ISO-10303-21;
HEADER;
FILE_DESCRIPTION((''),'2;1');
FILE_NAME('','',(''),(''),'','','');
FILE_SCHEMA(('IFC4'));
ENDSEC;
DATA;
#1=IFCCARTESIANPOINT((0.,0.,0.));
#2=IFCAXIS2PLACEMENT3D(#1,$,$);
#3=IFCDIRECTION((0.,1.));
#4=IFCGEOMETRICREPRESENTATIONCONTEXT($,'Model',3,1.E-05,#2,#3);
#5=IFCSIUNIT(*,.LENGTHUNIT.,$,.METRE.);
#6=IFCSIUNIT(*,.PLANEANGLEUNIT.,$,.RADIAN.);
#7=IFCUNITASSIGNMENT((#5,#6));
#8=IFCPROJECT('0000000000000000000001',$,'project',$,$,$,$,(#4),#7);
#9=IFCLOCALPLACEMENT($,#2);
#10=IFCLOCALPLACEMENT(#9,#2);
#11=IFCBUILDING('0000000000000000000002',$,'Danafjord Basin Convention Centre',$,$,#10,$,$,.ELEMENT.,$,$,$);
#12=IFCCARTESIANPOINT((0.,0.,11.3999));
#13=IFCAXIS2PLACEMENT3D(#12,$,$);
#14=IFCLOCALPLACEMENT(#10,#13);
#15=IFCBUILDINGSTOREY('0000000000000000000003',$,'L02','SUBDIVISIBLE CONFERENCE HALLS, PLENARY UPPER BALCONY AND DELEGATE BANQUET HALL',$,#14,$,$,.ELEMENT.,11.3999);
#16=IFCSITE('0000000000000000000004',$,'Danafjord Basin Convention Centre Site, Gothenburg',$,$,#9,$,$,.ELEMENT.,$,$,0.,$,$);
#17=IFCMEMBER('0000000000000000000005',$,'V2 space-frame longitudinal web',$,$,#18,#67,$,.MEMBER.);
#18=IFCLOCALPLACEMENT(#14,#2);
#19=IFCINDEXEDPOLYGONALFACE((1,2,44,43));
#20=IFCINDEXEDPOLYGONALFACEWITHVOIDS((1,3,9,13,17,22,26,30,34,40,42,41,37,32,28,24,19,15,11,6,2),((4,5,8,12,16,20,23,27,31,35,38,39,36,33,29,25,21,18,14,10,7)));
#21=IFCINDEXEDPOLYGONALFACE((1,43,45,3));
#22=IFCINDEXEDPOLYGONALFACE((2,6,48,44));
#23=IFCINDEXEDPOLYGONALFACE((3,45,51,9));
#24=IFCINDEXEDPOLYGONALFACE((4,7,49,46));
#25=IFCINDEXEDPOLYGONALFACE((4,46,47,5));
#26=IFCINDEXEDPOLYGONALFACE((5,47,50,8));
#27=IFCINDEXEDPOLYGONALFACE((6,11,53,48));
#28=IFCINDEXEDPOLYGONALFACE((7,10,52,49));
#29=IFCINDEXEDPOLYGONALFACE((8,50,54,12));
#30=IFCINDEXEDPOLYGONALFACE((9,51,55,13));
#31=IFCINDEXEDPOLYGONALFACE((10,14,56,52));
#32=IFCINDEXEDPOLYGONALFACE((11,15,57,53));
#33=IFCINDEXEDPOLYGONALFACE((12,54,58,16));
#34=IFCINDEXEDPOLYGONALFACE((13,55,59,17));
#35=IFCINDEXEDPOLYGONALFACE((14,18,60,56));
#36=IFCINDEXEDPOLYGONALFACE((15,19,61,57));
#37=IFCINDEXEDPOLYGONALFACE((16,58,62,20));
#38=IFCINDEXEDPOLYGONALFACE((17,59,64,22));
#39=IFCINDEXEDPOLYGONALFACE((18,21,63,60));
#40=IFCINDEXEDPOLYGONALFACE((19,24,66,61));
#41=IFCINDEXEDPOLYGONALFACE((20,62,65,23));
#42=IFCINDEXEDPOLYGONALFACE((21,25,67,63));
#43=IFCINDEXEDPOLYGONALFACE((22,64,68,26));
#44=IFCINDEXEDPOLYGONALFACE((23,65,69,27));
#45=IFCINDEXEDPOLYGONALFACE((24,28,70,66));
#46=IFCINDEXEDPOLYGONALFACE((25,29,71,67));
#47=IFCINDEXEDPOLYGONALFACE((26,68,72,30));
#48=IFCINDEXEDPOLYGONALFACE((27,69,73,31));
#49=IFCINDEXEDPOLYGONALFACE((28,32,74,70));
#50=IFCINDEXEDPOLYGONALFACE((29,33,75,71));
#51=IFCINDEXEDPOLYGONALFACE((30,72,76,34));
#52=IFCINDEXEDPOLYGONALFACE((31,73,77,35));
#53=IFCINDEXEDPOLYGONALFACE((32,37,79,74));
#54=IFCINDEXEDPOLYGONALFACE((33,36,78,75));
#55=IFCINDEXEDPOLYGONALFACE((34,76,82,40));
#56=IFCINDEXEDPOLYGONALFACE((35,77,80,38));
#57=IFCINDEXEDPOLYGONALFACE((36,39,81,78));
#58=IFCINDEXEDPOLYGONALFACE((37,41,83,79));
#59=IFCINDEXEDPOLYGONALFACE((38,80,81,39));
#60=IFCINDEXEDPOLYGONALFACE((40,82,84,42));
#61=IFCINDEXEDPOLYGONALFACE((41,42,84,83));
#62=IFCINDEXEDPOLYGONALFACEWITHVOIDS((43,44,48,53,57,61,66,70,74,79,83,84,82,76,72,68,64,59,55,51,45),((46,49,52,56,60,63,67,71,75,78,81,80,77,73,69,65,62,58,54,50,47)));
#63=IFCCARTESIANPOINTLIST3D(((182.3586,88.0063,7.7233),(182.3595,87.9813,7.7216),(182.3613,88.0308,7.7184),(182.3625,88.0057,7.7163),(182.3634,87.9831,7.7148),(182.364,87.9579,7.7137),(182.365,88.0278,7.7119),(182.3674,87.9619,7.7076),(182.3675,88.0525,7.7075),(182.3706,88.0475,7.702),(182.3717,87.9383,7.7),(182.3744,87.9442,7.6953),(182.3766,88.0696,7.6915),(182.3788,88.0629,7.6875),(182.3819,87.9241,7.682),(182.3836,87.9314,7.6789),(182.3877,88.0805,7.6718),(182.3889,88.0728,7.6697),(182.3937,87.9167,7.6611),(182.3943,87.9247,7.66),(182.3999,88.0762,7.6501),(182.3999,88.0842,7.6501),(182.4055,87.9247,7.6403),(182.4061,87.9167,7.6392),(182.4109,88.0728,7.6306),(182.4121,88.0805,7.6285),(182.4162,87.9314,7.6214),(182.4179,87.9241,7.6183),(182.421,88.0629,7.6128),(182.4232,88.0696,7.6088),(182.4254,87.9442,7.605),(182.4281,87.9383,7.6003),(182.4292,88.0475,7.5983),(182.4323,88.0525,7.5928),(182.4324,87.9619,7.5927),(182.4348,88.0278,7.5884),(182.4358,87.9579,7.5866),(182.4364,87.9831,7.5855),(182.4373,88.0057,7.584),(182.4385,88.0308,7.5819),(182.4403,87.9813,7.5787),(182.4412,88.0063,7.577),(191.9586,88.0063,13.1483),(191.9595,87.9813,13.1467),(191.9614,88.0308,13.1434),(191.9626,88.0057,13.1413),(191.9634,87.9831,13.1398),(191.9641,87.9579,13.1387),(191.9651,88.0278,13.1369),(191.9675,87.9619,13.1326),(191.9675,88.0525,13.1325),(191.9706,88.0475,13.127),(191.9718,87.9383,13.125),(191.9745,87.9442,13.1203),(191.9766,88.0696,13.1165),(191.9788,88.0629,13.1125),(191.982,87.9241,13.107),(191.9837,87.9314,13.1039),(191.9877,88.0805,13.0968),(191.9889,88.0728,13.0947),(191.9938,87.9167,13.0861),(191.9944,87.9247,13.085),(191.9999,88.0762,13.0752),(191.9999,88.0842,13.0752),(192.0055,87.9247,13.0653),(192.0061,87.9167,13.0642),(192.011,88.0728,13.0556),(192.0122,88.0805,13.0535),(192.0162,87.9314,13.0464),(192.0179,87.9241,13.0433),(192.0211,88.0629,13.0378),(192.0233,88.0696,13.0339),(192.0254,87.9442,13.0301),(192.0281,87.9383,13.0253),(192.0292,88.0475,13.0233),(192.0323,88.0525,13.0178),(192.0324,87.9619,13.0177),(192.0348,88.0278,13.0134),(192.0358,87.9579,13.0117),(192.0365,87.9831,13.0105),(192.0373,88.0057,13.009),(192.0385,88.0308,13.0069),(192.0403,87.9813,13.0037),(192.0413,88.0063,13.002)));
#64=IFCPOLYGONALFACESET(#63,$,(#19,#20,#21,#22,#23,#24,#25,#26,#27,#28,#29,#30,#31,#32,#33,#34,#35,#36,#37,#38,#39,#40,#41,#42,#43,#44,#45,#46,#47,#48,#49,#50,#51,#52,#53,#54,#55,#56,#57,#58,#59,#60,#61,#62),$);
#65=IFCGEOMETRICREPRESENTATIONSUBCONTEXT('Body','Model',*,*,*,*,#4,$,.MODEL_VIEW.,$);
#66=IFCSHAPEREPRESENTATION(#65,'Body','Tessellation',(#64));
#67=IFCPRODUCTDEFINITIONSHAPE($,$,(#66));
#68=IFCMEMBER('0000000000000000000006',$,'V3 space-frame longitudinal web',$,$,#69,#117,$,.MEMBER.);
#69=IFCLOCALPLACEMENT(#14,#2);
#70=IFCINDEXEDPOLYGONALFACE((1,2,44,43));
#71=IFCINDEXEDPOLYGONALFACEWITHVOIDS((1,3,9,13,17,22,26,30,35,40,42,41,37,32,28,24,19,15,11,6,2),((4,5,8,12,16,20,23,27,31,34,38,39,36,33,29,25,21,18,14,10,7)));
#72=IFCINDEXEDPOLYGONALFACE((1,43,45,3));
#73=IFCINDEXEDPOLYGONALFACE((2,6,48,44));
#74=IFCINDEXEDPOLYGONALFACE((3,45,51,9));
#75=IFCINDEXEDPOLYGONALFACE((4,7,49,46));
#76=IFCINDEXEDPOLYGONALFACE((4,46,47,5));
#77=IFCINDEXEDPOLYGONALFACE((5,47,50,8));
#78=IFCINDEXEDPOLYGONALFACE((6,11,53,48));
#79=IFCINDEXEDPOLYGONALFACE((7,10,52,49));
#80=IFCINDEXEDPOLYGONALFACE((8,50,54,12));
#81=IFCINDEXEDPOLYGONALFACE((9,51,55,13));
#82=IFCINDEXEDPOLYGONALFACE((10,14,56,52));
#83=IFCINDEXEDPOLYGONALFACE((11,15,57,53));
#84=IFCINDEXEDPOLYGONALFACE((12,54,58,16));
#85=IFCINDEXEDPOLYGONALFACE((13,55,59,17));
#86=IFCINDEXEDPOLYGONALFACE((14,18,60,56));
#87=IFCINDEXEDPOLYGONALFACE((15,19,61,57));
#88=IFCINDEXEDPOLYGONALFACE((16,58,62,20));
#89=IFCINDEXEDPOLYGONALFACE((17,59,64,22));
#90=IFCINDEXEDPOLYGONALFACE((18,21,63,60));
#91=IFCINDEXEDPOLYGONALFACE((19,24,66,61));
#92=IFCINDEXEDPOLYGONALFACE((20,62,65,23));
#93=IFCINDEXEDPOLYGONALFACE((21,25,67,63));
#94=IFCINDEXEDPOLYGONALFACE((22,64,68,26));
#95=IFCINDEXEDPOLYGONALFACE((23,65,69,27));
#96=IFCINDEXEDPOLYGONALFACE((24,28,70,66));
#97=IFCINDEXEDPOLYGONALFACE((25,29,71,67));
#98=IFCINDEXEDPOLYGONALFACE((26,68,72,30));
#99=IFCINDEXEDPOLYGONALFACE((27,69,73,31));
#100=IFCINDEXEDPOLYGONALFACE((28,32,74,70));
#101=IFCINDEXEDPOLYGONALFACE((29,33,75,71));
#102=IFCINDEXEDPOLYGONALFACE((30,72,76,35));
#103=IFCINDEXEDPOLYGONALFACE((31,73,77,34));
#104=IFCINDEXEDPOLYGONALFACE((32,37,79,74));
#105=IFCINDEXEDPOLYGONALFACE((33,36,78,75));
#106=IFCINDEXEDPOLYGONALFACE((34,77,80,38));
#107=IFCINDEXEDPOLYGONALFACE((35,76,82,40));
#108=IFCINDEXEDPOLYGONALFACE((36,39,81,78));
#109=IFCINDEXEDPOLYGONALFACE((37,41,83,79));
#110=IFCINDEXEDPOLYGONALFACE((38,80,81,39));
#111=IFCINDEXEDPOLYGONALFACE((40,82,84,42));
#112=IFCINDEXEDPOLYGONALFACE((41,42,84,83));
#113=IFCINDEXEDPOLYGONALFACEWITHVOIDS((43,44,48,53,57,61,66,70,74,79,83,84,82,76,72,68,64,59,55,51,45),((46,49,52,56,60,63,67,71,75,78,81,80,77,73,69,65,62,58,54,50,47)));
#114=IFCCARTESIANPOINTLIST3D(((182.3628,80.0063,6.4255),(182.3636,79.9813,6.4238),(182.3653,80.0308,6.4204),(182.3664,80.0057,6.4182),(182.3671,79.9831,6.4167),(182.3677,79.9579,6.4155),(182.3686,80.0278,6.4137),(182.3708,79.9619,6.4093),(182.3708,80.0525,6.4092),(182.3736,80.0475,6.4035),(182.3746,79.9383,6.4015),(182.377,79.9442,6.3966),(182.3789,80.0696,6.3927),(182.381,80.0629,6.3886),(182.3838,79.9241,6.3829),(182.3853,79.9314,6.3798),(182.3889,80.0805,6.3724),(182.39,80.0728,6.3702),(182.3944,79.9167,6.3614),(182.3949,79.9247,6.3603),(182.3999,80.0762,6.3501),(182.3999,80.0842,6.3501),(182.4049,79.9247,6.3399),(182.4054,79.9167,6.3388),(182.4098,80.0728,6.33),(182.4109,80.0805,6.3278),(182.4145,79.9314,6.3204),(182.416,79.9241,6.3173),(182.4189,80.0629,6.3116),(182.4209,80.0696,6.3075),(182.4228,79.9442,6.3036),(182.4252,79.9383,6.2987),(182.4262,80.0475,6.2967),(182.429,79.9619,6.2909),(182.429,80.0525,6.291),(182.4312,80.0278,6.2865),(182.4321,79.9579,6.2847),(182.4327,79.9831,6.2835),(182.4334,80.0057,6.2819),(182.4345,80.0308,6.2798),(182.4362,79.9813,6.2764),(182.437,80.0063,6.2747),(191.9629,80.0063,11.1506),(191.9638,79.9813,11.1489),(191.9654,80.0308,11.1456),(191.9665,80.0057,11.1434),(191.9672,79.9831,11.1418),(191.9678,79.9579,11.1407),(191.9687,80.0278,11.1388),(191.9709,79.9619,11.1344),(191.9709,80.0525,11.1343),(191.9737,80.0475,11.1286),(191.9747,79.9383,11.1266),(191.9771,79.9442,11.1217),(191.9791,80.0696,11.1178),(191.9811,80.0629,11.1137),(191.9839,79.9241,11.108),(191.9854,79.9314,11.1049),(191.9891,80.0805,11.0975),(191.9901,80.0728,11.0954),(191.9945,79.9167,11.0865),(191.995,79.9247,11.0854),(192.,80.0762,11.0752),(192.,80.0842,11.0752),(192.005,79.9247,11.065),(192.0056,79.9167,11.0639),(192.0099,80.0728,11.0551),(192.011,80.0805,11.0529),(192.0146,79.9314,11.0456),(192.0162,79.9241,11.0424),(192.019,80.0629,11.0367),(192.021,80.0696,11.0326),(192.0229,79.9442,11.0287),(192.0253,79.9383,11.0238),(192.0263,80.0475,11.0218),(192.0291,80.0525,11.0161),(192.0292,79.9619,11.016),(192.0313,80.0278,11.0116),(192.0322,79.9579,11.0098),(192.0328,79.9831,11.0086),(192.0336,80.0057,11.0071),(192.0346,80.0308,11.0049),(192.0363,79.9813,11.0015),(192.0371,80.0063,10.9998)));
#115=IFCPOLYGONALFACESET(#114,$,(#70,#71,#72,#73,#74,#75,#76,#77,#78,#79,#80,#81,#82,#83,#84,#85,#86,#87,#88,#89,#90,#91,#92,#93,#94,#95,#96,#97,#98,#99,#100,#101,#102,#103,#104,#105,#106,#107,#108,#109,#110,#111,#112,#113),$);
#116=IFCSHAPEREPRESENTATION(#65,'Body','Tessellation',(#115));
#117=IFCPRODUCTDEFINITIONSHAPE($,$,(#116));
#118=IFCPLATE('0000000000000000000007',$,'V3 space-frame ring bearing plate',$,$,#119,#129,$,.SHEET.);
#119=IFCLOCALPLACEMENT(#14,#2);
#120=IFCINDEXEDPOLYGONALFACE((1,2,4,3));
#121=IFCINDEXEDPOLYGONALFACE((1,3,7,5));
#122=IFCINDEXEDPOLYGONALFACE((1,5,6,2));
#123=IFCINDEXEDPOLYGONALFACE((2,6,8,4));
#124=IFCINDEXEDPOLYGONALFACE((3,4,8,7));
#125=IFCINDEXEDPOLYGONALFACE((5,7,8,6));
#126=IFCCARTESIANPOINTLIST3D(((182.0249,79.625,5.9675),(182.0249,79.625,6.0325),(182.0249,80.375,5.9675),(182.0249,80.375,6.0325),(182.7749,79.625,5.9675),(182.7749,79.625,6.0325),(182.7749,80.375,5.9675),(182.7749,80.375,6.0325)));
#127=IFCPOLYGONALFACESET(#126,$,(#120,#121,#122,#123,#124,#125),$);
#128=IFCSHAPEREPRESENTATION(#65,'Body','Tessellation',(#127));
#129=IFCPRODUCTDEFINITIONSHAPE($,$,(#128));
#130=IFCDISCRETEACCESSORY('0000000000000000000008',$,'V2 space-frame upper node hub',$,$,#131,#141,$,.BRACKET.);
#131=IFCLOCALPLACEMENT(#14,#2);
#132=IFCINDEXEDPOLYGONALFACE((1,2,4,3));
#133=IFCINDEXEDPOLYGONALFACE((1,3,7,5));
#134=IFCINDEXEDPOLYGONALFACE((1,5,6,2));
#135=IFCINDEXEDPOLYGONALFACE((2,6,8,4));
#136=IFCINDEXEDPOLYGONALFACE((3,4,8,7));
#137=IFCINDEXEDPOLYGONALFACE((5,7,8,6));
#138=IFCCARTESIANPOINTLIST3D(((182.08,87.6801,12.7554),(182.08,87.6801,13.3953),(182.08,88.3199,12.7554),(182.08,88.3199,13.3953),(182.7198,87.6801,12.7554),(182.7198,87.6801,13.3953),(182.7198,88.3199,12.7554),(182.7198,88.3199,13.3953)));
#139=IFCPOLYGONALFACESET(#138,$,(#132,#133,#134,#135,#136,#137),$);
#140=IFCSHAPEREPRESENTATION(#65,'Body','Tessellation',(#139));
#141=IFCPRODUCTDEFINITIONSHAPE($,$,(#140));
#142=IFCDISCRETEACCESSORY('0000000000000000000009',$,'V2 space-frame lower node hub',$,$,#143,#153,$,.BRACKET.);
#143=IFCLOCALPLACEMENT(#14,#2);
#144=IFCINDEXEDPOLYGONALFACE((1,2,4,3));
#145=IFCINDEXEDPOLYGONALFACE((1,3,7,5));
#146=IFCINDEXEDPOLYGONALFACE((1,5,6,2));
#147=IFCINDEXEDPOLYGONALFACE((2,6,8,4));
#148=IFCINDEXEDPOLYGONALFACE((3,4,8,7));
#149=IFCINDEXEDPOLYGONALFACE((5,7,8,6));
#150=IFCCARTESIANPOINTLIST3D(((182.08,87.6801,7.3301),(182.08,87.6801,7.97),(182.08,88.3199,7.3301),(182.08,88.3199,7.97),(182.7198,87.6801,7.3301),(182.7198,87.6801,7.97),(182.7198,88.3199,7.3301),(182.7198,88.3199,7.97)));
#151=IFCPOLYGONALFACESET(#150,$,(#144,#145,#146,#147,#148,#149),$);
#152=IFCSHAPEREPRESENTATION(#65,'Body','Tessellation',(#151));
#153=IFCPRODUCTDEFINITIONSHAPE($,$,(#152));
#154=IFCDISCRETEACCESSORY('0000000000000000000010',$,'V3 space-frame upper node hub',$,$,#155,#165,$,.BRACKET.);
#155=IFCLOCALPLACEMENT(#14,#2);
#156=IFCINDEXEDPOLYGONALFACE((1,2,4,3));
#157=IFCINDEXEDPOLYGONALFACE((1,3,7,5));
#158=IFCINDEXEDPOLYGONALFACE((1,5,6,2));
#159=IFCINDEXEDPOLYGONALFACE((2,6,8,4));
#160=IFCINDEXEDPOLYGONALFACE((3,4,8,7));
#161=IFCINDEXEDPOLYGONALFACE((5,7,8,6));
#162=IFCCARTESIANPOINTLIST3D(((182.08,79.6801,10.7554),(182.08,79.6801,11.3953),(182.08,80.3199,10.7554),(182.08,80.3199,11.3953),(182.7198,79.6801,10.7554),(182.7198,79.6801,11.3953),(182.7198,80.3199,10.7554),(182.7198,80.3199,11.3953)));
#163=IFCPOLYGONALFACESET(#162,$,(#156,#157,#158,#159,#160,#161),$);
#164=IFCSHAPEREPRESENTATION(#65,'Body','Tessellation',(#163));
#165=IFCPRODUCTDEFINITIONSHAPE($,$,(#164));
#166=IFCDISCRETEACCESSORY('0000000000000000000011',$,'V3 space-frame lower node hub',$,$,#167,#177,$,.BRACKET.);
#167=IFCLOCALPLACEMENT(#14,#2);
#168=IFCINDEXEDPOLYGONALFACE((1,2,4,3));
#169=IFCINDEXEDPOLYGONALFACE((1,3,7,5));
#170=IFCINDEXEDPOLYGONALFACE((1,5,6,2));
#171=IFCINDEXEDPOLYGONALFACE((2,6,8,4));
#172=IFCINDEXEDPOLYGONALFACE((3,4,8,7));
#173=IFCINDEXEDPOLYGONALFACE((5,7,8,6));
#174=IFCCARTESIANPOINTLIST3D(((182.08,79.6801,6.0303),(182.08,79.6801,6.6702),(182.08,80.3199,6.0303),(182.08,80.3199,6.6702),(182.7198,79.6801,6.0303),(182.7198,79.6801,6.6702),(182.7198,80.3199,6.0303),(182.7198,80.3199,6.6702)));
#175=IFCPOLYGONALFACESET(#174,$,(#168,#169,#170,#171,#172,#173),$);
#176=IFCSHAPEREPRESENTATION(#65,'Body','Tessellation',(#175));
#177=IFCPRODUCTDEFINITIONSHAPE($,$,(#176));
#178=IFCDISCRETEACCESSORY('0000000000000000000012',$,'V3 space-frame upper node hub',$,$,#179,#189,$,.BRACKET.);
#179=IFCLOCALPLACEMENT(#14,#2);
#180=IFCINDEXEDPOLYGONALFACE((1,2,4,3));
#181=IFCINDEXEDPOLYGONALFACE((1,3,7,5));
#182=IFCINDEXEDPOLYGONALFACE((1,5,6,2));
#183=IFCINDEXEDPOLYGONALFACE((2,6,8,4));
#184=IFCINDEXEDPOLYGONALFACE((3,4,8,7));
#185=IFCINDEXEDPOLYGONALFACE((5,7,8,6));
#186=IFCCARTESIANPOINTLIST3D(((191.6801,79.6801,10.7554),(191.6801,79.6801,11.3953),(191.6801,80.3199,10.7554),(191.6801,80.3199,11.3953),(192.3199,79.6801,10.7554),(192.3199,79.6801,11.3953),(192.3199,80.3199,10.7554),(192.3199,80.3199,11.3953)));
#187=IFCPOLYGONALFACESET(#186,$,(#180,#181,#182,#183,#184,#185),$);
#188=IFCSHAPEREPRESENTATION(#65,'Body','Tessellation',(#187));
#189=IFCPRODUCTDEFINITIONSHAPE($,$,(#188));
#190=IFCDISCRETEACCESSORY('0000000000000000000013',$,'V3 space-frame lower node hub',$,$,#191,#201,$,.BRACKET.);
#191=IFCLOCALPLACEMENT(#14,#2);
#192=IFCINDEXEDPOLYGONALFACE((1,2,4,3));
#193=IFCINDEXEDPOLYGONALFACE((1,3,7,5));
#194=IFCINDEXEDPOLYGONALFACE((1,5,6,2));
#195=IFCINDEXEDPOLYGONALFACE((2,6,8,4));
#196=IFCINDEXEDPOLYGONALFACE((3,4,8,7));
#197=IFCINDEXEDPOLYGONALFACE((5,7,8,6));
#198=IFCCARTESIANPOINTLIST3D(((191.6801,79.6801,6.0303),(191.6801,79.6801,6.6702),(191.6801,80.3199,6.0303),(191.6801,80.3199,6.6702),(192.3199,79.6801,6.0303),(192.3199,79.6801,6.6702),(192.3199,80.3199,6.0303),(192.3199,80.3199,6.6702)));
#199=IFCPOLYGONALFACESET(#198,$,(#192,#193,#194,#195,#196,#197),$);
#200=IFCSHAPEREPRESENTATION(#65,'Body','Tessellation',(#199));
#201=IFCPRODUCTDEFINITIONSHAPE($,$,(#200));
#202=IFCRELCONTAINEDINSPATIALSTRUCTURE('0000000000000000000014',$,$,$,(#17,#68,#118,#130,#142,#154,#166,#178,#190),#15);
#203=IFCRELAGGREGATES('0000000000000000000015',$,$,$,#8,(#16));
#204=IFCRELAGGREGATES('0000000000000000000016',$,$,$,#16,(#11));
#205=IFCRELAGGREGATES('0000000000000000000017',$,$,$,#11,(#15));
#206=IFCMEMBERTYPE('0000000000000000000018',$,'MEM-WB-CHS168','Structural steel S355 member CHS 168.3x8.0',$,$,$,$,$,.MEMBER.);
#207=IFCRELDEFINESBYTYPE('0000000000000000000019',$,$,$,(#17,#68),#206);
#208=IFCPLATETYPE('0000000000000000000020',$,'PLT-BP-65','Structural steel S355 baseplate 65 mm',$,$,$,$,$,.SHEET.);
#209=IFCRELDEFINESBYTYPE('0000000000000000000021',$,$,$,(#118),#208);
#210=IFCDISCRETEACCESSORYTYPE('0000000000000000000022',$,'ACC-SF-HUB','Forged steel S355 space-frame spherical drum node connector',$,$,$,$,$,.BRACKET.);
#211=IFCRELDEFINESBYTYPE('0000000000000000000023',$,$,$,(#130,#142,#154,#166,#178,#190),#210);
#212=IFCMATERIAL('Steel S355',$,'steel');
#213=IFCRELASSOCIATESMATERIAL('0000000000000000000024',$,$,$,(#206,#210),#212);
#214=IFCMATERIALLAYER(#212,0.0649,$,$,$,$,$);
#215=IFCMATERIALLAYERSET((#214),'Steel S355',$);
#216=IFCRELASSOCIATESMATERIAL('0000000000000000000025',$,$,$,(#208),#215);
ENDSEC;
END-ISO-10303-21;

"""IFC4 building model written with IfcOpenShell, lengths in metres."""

from ifc_helpers import new_model, si_unit, direction, frame, origin, origin_2d, place, context, subcontext, project, spatial, rectangle, hollow_circle, extrude, material, layer, layer_set, material_profile, profile_set, type_object, element, save


model = new_model("IFC4")

# Units and contexts
model_context = context("Model", 3, precision=1e-05, world=origin(), true_north=direction((0.0, 1.0)))
body_context = subcontext(model_context, "Body", "Model", "MODEL_VIEW")
ifc_project = project(units=[si_unit("LENGTHUNIT", "METRE"), si_unit("PLANEANGLEUNIT", "RADIAN")], contexts=[model_context])

# Site, building, storey
site_placement = place(None, origin())
site = spatial("IfcSite", under=ifc_project, at=site_placement, Name="Danafjord Basin Convention Centre Site, Gothenburg", CompositionType="ELEMENT", RefElevation=0.0)
building_placement = place(site_placement, origin())
building = spatial("IfcBuilding", under=site, at=building_placement, Name="Danafjord Basin Convention Centre", CompositionType="ELEMENT")
storey_placement = place(building_placement, frame((0.0, 0.0, 11.3999)))
storey = spatial("IfcBuildingStorey", under=building, at=storey_placement, Name="L02", Description="SUBDIVISIBLE CONFERENCE HALLS, PLENARY UPPER BALCONY AND DELEGATE BANQUET HALL", CompositionType="ELEMENT", Elevation=11.3999)

# Shared definitions
ifc_material = material(Name="Steel S355", Category="steel")

# Members
ifc_material_profile_1 = material_profile(ifc_material, hollow_circle(Radius=0.0842, WallThickness=0.0081, at=origin_2d()), Name="CHS 168.3x8.0")
ifc_profile_set_1 = profile_set([ifc_material_profile_1], Name="Steel S355")
member_type_1 = type_object("IfcMemberType", Name="MEM-WB-CHS168", Description="Structural steel S355 member CHS 168.3x8.0", PredefinedType="MEMBER", material=ifc_profile_set_1)
member_1_placement = place(storey_placement, frame((182.3999, 88.0, 7.6501), z_axis=(0.870605, 0.0, 0.491982), x_axis=(0.0, 1.0, 0.0)))
element("IfcMember", 1, at=member_1_placement, inside=storey, type_object=member_type_1, Name="V2 space-frame longitudinal web", PredefinedType="MEMBER", context=body_context, shape_type="SweptSolid", body=[
    extrude(hollow_circle(Radius=0.0842, WallThickness=0.0081, at=origin_2d()), origin(), (0.0, 0.0, 1.0), 11.0269),
])
member_2_placement = place(storey_placement, frame((182.3999, 80.0, 6.3501), z_axis=(0.897212, 0.0, 0.441601), x_axis=(0.0, 1.0, 0.0)))
element("IfcMember", 2, at=member_2_placement, inside=storey, type_object=member_type_1, Name="V3 space-frame longitudinal web", PredefinedType="MEMBER", context=body_context, shape_type="SweptSolid", body=[
    extrude(hollow_circle(Radius=0.0842, WallThickness=0.0081, at=origin_2d()), origin(), (0.0, 0.0, 1.0), 10.7),
])

# Plate
ifc_layer = layer(ifc_material, 0.0649)
ifc_layer_set = layer_set([ifc_layer], Name="Steel S355")
plate_type = type_object("IfcPlateType", Name="PLT-BP-65", Description="Structural steel S355 baseplate 65 mm", PredefinedType="SHEET", material=ifc_layer_set)
plate_placement = place(storey_placement, frame((182.3999, 80.0, 5.9675), z_axis=(0.0, 0.0, 1.0), x_axis=(1.0, 0.0, 0.0)))
element("IfcPlate", 3, at=plate_placement, inside=storey, type_object=plate_type, Name="V3 space-frame ring bearing plate", PredefinedType="SHEET", context=body_context, shape_type="SweptSolid", body=[
    extrude(rectangle(XDim=0.75, YDim=0.75, at=origin_2d()), origin(), (0.0, 0.0, 1.0), 0.0649),
])

# Discrete accessories
discrete_accessory_type = type_object("IfcDiscreteAccessoryType", Name="ACC-SF-HUB", Description="Forged steel S355 space-frame spherical drum node connector", PredefinedType="BRACKET", material=ifc_material)
for number, where, z_axis, x_axis, name in (
    (4, (182.3999, 88.0, 12.7554), (0.0, 0.0, 1.0), (1.0, 0.0, 0.0), "V2 space-frame upper node hub"),
    (5, (182.3999, 88.0, 7.3301), (0.0, 0.0, 1.0), (1.0, 0.0, 0.0), "V2 space-frame lower node hub"),
    (6, (182.3999, 80.0, 10.7554), (0.0, 0.0, 1.0), (1.0, 0.0, 0.0), "V3 space-frame upper node hub"),
    (7, (182.3999, 80.0, 6.0303), (0.0, 0.0, 1.0), (1.0, 0.0, 0.0), "V3 space-frame lower node hub"),
    (8, (192.0, 80.0, 10.7554), (0.0, 0.0, 1.0), (1.0, 0.0, 0.0), "V3 space-frame upper node hub"),
    (9, (192.0, 80.0, 6.0303), (0.0, 0.0, 1.0), (1.0, 0.0, 0.0), "V3 space-frame lower node hub"),
):
    element("IfcDiscreteAccessory", number, at=place(storey_placement, frame(where, z_axis=z_axis, x_axis=x_axis)), inside=storey, type_object=discrete_accessory_type, Name=name, PredefinedType="BRACKET", context=body_context, shape_type="SweptSolid", body=[
        extrude(rectangle(XDim=0.6399, YDim=0.6399, at=origin_2d()), origin(), (0.0, 0.0, 1.0), 0.6399),
    ])

save(model, "model.ifc")
